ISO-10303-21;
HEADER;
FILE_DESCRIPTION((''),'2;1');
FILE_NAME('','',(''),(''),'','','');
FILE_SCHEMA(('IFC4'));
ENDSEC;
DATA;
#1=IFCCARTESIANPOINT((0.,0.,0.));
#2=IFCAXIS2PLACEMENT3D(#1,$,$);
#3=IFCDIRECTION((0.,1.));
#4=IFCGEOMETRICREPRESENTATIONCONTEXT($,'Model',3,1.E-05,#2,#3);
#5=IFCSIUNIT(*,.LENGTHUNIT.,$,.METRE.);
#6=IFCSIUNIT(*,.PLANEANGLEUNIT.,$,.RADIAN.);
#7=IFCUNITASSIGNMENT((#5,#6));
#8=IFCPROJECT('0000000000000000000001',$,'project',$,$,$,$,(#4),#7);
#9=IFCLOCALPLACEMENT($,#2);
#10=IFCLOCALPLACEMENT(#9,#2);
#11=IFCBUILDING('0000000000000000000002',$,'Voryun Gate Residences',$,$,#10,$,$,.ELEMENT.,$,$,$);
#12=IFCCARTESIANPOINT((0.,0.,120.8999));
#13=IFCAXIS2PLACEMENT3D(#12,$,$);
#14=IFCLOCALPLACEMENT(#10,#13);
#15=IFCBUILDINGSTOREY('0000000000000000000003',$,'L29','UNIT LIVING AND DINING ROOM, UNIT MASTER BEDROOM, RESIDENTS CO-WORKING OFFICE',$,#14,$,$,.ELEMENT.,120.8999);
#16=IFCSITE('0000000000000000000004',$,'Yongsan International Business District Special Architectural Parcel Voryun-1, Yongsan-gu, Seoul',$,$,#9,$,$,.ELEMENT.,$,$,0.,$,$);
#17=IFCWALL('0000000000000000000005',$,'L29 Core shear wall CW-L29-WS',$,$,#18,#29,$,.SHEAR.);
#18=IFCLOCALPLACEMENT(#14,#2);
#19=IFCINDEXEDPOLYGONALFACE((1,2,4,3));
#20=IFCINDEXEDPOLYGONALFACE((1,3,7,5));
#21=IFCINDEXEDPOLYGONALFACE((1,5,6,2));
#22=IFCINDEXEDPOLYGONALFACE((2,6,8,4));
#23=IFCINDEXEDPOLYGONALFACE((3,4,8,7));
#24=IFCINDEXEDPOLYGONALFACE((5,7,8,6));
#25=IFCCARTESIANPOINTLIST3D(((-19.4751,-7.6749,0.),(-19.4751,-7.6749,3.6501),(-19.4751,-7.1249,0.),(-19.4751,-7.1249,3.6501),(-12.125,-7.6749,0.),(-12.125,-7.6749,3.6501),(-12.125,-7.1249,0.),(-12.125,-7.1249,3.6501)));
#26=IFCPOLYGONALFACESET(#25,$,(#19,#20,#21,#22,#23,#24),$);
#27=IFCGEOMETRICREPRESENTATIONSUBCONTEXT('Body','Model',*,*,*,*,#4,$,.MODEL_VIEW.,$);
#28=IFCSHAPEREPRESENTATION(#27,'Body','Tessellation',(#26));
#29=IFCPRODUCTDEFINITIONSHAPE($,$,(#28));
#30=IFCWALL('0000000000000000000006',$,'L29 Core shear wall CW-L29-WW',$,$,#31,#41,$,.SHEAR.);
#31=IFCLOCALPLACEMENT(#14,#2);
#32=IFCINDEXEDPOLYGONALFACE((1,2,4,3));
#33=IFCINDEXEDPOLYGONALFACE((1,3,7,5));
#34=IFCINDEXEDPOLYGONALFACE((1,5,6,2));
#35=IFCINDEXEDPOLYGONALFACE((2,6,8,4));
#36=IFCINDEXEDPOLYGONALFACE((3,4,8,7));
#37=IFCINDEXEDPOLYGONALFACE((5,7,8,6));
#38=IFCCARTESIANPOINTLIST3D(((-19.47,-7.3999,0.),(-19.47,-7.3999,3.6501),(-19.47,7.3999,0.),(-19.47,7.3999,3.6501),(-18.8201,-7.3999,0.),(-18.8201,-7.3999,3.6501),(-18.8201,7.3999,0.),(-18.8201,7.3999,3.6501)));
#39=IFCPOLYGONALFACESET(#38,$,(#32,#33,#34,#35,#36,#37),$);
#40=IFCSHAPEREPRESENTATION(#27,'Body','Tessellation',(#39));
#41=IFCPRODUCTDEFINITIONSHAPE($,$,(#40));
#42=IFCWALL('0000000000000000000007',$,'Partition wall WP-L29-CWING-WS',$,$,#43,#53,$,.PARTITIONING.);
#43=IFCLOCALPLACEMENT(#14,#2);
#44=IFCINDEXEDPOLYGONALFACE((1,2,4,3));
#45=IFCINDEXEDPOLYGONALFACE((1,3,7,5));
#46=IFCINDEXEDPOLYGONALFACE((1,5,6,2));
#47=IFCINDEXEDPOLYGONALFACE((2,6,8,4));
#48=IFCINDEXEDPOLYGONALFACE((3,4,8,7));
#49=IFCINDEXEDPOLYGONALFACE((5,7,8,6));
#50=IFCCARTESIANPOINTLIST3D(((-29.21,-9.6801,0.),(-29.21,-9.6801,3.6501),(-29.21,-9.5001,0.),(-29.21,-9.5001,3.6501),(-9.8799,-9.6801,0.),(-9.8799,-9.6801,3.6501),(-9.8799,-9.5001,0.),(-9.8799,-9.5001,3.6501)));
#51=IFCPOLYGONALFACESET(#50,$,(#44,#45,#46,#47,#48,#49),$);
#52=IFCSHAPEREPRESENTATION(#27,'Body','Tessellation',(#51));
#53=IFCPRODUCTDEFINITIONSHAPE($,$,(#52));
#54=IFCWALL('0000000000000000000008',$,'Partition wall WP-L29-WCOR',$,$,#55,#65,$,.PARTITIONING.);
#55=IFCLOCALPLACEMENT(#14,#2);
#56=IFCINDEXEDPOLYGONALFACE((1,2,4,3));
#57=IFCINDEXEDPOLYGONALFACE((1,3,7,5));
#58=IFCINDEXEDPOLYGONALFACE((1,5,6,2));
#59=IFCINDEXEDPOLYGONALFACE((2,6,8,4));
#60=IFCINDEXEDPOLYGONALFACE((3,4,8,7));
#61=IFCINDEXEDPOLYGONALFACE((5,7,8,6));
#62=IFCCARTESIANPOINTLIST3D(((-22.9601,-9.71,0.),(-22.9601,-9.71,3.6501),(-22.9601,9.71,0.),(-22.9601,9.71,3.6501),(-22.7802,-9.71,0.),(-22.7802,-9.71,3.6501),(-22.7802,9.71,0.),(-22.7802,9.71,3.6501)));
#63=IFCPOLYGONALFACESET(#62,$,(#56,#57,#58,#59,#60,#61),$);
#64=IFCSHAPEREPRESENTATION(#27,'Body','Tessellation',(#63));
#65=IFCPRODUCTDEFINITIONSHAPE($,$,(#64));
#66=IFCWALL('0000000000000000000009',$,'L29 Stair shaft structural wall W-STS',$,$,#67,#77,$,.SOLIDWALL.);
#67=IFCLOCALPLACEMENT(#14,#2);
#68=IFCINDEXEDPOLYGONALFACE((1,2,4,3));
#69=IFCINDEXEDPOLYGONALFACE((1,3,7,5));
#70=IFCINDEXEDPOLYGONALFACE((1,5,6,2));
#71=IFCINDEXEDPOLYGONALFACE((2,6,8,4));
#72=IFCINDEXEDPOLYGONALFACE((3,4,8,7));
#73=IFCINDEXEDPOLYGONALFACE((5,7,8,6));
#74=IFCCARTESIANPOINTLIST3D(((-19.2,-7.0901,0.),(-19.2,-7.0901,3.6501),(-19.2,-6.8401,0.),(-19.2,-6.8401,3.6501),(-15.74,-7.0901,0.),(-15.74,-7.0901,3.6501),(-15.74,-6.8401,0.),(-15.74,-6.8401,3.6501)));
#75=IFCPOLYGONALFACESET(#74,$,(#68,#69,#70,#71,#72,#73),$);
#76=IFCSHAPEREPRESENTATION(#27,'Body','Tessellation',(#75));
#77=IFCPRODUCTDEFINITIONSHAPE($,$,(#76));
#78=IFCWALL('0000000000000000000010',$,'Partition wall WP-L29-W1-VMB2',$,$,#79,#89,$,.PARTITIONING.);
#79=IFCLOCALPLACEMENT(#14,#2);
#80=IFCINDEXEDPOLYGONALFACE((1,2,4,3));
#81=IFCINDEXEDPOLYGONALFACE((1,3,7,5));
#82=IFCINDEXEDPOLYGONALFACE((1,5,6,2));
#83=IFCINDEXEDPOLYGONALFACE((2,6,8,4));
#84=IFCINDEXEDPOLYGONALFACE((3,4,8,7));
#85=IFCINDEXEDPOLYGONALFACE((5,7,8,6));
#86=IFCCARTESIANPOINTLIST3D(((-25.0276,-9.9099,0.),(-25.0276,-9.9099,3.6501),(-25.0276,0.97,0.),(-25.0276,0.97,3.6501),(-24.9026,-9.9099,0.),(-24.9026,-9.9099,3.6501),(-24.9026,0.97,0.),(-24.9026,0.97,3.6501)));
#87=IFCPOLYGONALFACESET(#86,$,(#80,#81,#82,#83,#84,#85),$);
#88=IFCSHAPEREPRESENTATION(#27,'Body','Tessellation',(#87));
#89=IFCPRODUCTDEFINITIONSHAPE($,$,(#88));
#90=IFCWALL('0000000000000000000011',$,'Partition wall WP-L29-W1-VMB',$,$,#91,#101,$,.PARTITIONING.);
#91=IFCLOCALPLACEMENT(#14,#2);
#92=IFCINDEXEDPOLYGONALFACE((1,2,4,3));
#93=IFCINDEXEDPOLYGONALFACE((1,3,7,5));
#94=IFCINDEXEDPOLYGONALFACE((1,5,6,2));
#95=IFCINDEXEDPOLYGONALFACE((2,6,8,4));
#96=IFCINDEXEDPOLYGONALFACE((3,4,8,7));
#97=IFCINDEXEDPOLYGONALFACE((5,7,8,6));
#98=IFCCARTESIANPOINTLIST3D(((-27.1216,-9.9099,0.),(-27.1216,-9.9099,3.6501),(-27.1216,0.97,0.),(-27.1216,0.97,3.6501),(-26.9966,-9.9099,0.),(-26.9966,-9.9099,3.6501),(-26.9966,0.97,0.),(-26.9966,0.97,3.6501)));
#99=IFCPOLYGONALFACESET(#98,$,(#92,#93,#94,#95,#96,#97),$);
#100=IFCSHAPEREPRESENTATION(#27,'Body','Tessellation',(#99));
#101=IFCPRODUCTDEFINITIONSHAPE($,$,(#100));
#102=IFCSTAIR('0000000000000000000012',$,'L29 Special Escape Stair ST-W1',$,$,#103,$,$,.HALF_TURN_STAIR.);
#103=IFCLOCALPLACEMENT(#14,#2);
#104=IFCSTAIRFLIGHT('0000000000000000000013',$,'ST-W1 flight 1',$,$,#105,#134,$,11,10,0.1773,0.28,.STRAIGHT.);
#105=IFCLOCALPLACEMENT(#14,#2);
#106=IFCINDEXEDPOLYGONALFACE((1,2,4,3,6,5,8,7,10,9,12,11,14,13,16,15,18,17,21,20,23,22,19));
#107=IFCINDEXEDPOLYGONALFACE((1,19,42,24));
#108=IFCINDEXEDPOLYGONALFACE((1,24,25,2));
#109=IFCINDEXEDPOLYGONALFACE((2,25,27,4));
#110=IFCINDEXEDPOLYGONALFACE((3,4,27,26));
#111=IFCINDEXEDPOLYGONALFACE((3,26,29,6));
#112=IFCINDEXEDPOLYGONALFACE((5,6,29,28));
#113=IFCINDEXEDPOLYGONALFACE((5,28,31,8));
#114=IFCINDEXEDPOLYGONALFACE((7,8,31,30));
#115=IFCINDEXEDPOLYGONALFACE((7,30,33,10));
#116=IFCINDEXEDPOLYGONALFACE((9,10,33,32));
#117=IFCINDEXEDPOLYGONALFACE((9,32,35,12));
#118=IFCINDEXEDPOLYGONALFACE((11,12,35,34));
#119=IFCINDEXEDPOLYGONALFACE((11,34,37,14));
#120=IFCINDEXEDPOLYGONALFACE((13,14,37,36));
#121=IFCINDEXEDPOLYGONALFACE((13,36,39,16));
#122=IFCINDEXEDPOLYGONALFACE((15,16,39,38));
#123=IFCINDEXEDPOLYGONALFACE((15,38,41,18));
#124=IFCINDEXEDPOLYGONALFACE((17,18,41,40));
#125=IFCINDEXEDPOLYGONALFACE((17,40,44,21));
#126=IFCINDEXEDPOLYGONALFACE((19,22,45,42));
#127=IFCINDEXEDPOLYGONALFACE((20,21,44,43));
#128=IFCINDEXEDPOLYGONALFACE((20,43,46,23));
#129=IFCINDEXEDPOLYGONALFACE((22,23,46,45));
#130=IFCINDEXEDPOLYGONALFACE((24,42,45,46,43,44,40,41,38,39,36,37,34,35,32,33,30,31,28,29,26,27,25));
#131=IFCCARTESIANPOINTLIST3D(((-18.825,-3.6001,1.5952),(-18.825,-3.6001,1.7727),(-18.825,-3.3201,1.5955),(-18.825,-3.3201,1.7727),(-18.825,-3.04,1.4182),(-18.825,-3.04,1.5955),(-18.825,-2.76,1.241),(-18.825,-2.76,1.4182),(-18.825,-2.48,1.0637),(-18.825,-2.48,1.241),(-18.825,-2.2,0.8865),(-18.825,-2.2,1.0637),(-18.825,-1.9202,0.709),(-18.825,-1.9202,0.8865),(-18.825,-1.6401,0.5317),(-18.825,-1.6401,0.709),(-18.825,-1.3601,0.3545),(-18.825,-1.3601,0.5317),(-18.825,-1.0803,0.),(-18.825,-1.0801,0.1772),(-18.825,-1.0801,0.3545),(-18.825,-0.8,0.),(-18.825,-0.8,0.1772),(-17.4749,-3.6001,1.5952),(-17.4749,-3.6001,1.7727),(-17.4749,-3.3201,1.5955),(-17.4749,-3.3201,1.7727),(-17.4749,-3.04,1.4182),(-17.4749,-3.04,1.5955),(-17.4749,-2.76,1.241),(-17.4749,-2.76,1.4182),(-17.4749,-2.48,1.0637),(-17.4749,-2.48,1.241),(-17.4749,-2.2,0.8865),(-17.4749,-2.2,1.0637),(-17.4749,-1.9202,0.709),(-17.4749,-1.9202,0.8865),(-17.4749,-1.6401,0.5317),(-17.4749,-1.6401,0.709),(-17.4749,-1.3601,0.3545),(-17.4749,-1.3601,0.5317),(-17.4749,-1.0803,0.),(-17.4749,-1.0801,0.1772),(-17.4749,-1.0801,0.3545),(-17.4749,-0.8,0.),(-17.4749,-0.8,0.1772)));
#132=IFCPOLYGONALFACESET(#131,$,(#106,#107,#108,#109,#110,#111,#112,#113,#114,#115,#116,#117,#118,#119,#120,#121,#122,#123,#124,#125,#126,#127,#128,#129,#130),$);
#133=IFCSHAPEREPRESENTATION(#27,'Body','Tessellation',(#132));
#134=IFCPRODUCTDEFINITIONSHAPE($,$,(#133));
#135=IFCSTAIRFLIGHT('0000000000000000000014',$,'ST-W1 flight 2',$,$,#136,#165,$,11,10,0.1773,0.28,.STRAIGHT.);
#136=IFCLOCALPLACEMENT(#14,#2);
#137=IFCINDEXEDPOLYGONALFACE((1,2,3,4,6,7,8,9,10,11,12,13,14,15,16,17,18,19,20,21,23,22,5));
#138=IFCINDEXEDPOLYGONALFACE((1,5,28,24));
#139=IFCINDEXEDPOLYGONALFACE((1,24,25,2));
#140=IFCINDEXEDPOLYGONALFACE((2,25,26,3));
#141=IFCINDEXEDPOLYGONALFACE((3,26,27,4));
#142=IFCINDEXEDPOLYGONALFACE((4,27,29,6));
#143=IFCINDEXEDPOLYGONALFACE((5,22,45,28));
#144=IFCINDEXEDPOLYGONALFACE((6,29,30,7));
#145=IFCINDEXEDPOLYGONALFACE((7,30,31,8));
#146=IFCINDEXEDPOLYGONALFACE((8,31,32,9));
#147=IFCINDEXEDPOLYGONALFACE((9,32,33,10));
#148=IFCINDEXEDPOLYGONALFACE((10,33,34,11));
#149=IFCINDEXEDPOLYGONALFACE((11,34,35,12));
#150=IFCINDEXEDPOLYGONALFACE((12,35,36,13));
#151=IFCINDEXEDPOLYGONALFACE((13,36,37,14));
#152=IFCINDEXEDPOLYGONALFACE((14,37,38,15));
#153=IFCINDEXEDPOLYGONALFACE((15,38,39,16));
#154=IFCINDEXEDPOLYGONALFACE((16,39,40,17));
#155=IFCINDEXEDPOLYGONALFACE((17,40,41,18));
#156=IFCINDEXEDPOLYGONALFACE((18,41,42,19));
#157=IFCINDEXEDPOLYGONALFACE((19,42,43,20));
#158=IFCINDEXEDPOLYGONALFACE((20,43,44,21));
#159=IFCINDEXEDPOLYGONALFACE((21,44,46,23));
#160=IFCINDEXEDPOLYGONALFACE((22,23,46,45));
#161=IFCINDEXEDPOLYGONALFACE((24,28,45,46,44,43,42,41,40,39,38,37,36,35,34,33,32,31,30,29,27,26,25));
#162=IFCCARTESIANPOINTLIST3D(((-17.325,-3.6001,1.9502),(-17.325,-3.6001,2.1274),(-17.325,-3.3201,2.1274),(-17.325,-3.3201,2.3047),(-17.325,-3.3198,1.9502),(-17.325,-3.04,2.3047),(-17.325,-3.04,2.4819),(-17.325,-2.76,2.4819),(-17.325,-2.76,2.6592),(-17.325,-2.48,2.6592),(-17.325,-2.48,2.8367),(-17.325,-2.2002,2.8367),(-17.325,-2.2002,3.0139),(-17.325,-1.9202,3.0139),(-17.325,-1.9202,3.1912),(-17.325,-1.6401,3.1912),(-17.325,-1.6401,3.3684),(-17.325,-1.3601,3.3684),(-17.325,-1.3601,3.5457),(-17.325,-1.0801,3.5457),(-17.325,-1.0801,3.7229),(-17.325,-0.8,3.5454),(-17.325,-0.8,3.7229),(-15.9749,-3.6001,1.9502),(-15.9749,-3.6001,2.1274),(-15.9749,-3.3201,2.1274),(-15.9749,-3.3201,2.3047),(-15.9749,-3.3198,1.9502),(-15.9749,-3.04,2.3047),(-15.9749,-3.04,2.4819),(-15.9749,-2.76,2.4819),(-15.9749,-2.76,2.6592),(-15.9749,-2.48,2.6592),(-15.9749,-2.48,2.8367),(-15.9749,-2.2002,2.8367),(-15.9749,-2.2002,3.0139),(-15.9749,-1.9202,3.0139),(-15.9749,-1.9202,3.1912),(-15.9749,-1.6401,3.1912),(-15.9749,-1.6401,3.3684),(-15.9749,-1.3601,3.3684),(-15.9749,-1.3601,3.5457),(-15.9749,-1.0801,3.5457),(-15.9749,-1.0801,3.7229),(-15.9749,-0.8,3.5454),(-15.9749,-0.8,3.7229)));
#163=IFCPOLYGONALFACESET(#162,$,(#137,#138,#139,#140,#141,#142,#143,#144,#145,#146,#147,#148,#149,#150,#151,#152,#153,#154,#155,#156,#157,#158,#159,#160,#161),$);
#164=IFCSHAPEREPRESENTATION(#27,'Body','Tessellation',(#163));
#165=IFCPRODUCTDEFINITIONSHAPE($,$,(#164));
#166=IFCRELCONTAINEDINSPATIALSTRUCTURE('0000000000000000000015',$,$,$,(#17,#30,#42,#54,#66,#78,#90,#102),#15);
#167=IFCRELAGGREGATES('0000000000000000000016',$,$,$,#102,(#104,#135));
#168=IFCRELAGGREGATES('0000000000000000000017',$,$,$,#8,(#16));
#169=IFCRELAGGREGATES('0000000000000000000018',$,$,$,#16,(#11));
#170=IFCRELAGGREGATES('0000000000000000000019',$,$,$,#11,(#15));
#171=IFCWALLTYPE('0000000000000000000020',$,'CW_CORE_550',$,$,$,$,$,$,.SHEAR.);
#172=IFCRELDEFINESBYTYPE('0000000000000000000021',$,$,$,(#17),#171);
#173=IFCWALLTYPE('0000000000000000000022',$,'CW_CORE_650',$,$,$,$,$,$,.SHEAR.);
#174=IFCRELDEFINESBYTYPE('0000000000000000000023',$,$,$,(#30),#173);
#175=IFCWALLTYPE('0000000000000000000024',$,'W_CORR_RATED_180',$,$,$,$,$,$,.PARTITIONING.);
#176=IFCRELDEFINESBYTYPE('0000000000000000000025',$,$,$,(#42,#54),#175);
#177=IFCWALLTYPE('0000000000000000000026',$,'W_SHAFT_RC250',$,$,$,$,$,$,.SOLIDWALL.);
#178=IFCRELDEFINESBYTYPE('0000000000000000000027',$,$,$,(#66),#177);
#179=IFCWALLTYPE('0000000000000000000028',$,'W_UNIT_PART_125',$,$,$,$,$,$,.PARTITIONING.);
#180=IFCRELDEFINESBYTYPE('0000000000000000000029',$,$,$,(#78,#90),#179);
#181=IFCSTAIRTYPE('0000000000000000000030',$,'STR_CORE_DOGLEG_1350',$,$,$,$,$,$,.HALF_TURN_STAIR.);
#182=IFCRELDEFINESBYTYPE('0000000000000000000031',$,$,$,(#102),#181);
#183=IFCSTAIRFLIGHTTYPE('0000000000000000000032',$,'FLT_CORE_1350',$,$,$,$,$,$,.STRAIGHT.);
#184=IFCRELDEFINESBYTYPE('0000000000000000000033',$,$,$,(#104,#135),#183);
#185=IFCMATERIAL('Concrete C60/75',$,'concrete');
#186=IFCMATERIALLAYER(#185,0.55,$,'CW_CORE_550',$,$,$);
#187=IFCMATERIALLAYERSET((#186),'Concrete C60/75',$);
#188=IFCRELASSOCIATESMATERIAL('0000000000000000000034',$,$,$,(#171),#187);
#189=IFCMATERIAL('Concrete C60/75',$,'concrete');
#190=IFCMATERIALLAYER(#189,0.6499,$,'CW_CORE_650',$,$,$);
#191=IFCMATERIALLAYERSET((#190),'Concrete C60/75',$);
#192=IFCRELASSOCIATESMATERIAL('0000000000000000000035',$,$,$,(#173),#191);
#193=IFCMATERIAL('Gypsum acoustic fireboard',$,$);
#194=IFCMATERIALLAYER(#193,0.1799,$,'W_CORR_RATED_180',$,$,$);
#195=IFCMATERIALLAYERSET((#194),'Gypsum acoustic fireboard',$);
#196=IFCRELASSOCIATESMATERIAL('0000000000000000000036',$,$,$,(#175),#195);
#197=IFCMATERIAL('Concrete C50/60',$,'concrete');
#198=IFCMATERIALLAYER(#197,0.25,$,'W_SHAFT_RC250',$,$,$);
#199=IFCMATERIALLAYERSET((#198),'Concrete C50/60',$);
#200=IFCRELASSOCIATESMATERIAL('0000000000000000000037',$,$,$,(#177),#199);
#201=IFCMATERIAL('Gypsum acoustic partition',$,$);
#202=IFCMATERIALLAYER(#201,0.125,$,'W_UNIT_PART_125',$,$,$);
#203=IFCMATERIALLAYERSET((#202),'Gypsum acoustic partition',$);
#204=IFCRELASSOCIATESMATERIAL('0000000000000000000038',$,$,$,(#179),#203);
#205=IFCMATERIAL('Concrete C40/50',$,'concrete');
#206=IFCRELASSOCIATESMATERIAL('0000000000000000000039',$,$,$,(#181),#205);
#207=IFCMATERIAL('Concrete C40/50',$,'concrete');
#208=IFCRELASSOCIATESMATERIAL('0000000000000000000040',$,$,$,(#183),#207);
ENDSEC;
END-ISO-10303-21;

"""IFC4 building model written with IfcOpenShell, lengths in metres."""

from ifc_helpers import new_model, si_unit, direction, frame, frame_2d, origin, place, context, subcontext, project, spatial, polyline, rectangle, outline, extrude, material, layer, layer_set, type_object, element, aggregate, save


model = new_model("IFC4")

# Units and contexts
model_context = context("Model", 3, precision=1e-05, world=origin(), true_north=direction((0.0, 1.0)))
body_context = subcontext(model_context, "Body", "Model", "MODEL_VIEW")
ifc_project = project(units=[si_unit("LENGTHUNIT", "METRE"), si_unit("PLANEANGLEUNIT", "RADIAN")], contexts=[model_context])

# Site, building, storey
site_placement = place(None, origin())
site = spatial("IfcSite", under=ifc_project, at=site_placement, Name="Yongsan International Business District Special Architectural Parcel Voryun-1, Yongsan-gu, Seoul", CompositionType="ELEMENT", RefElevation=0.0)
building_placement = place(site_placement, origin())
building = spatial("IfcBuilding", under=site, at=building_placement, Name="Voryun Gate Residences", CompositionType="ELEMENT")
storey_placement = place(building_placement, frame((0.0, 0.0, 120.8999)))
storey = spatial("IfcBuildingStorey", under=building, at=storey_placement, Name="L29", Description="UNIT LIVING AND DINING ROOM, UNIT MASTER BEDROOM, RESIDENTS CO-WORKING OFFICE", CompositionType="ELEMENT", Elevation=120.8999)

# Walls
ifc_material_1 = material(Name="Concrete C60/75", Category="concrete")
ifc_layer_1 = layer(ifc_material_1, 0.55, Name="CW_CORE_550")
ifc_layer_set_1 = layer_set([ifc_layer_1], Name="Concrete C60/75")
wall_type_1 = type_object("IfcWallType", Name="CW_CORE_550", PredefinedType="SHEAR", material=ifc_layer_set_1)
wall_1_placement = place(storey_placement, frame((-19.4751, -7.3999, 0.0), z_axis=(0.0, 0.0, 1.0), x_axis=(1.0, 0.0, 0.0)))
element("IfcWall", 1, at=wall_1_placement, inside=storey, type_object=wall_type_1, Name="L29 Core shear wall CW-L29-WS", PredefinedType="SHEAR", context=body_context, shape_type="SweptSolid", body=[
    extrude(rectangle(XDim=7.3501, YDim=0.55, at=frame_2d((3.675, 0.0))), origin(), (0.0, 0.0, 1.0), 3.6501),
])
ifc_material_2 = material(Name="Concrete C60/75", Category="concrete")
ifc_layer_2 = layer(ifc_material_2, 0.6499, Name="CW_CORE_650")
ifc_layer_set_2 = layer_set([ifc_layer_2], Name="Concrete C60/75")
wall_type_2 = type_object("IfcWallType", Name="CW_CORE_650", PredefinedType="SHEAR", material=ifc_layer_set_2)
wall_2_placement = place(storey_placement, frame((-19.145, -7.3999, 0.0), z_axis=(0.0, 0.0, 1.0), x_axis=(0.0, 1.0, 0.0)))
element("IfcWall", 2, at=wall_2_placement, inside=storey, type_object=wall_type_2, Name="L29 Core shear wall CW-L29-WW", PredefinedType="SHEAR", context=body_context, shape_type="SweptSolid", body=[
    extrude(rectangle(XDim=14.7998, YDim=0.6499, at=frame_2d((7.3999, 0.0))), origin(), (0.0, 0.0, 1.0), 3.6501),
])
ifc_material_3 = material(Name="Gypsum acoustic fireboard")
ifc_layer_3 = layer(ifc_material_3, 0.1799, Name="W_CORR_RATED_180")
ifc_layer_set_3 = layer_set([ifc_layer_3], Name="Gypsum acoustic fireboard")
wall_type_3 = type_object("IfcWallType", Name="W_CORR_RATED_180", PredefinedType="PARTITIONING", material=ifc_layer_set_3)
wall_3_placement = place(storey_placement, frame((-29.21, -9.5901, 0.0), z_axis=(0.0, 0.0, 1.0), x_axis=(1.0, 0.0, 0.0)))
element("IfcWall", 3, at=wall_3_placement, inside=storey, type_object=wall_type_3, Name="Partition wall WP-L29-CWING-WS", PredefinedType="PARTITIONING", context=body_context, shape_type="SweptSolid", body=[
    extrude(rectangle(XDim=19.3301, YDim=0.1799, at=frame_2d((9.665, 0.0))), origin(), (0.0, 0.0, 1.0), 3.6501),
])
wall_4_placement = place(storey_placement, frame((-22.8701, -9.71, 0.0), z_axis=(0.0, 0.0, 1.0), x_axis=(0.0, 1.0, 0.0)))
element("IfcWall", 4, at=wall_4_placement, inside=storey, type_object=wall_type_3, Name="Partition wall WP-L29-WCOR", PredefinedType="PARTITIONING", context=body_context, shape_type="SweptSolid", body=[
    extrude(rectangle(XDim=19.4199, YDim=0.1799, at=frame_2d((9.71, 0.0))), origin(), (0.0, 0.0, 1.0), 3.6501),
])
ifc_material_4 = material(Name="Concrete C50/60", Category="concrete")
ifc_layer_4 = layer(ifc_material_4, 0.25, Name="W_SHAFT_RC250")
ifc_layer_set_4 = layer_set([ifc_layer_4], Name="Concrete C50/60")
wall_type_4 = type_object("IfcWallType", Name="W_SHAFT_RC250", PredefinedType="SOLIDWALL", material=ifc_layer_set_4)
wall_5_placement = place(storey_placement, frame((-19.2, -6.9651, 0.0), z_axis=(0.0, 0.0, 1.0), x_axis=(1.0, 0.0, 0.0)))
element("IfcWall", 5, at=wall_5_placement, inside=storey, type_object=wall_type_4, Name="L29 Stair shaft structural wall W-STS", PredefinedType="SOLIDWALL", context=body_context, shape_type="SweptSolid", body=[
    extrude(rectangle(XDim=3.46, YDim=0.25, at=frame_2d((1.73, 0.0))), origin(), (0.0, 0.0, 1.0), 3.6501),
])
ifc_material_5 = material(Name="Gypsum acoustic partition")
ifc_layer_5 = layer(ifc_material_5, 0.125, Name="W_UNIT_PART_125")
ifc_layer_set_5 = layer_set([ifc_layer_5], Name="Gypsum acoustic partition")
wall_type_5 = type_object("IfcWallType", Name="W_UNIT_PART_125", PredefinedType="PARTITIONING", material=ifc_layer_set_5)
for number, where, z_axis, x_axis, name in (
    (6, (-24.9651, -9.9099, 0.0), (0.0, 0.0, 1.0), (0.0, 1.0, 0.0), "Partition wall WP-L29-W1-VMB2"),
    (7, (-27.0591, -9.9099, 0.0), (0.0, 0.0, 1.0), (0.0, 1.0, 0.0), "Partition wall WP-L29-W1-VMB"),
):
    element("IfcWall", number, at=place(storey_placement, frame(where, z_axis=z_axis, x_axis=x_axis)), inside=storey, type_object=wall_type_5, Name=name, PredefinedType="PARTITIONING", context=body_context, shape_type="SweptSolid", body=[
        extrude(rectangle(XDim=10.8799, YDim=0.125, at=frame_2d((5.4399, 0.0))), origin(), (0.0, 0.0, 1.0), 3.6501),
    ])

# Stair, stair flights
ifc_material_6 = material(Name="Concrete C40/50", Category="concrete")
stair_type = type_object("IfcStairType", Name="STR_CORE_DOGLEG_1350", PredefinedType="HALF_TURN_STAIR", material=ifc_material_6)
stair_placement = place(storey_placement, origin())
stair = element("IfcStair", 8, at=stair_placement, inside=storey, type_object=stair_type, Name="L29 Special Escape Stair ST-W1", PredefinedType="HALF_TURN_STAIR")
ifc_material_7 = material(Name="Concrete C40/50", Category="concrete")
stair_flight_type = type_object("IfcStairFlightType", Name="FLT_CORE_1350", PredefinedType="STRAIGHT", material=ifc_material_7)
stair_flight_1_placement = place(storey_placement, frame((-18.1499, -0.8, 0.0), z_axis=(0.0, 0.0, 1.0), x_axis=(0.0, -1.0, 0.0)))
stair_flight_1 = element("IfcStairFlight", 9, at=stair_flight_1_placement, type_object=stair_flight_type, Name="ST-W1 flight 1", NumberOfRisers=11, NumberOfTreads=10, PredefinedType="STRAIGHT", RiserHeight=0.1773, TreadLength=0.28, context=body_context, shape_type="SweptSolid", body=[
    extrude(outline(polyline([(0.0, 0.0), (0.0, 0.1772), (0.28, 0.1772), (0.28, 0.3545), (0.5601, 0.3545), (0.5601, 0.5317), (0.8401, 0.5317), (0.8401, 0.709), (1.1201, 0.709), (1.1201, 0.8865), (1.3999, 0.8865), (1.3999, 1.0637), (1.6799, 1.0637), (1.6799, 1.241), (1.96, 1.241), (1.96, 1.4182), (2.24, 1.4182), (2.24, 1.5955), (2.52, 1.5955), (2.52, 1.7727), (2.8, 1.7727), (2.8, 1.95), (2.8, 1.5952), (0.2803, 0.0), (0.0, 0.0)])), frame((0.0, 0.675, 0.0), z_axis=(0.0, -1.0, 0.0), x_axis=(1.0, 0.0, 0.0)), (0.0, 0.0, 1.0), 1.3501),
])
stair_flight_2_placement = place(storey_placement, frame((-16.6499, -3.6001, 1.9502), z_axis=(0.0, 0.0, 1.0), x_axis=(0.0, 1.0, 0.0)))
stair_flight_2 = element("IfcStairFlight", 10, at=stair_flight_2_placement, type_object=stair_flight_type, Name="ST-W1 flight 2", NumberOfRisers=11, NumberOfTreads=10, PredefinedType="STRAIGHT", RiserHeight=0.1773, TreadLength=0.28, context=body_context, shape_type="SweptSolid", body=[
    extrude(outline(polyline([(0.0, 0.0), (0.0, 0.1772), (0.28, 0.1772), (0.28, 0.3545), (0.5601, 0.3545), (0.5601, 0.5317), (0.8401, 0.5317), (0.8401, 0.709), (1.1201, 0.709), (1.1201, 0.8865), (1.3999, 0.8865), (1.3999, 1.0637), (1.6799, 1.0637), (1.6799, 1.241), (1.96, 1.241), (1.96, 1.4182), (2.24, 1.4182), (2.24, 1.5955), (2.52, 1.5955), (2.52, 1.7727), (2.8, 1.7727), (2.8, 1.95), (2.8, 1.5952), (0.2803, 0.0), (0.0, 0.0)])), frame((0.0, 0.675, 0.0), z_axis=(0.0, -1.0, 0.0), x_axis=(1.0, 0.0, 0.0)), (0.0, 0.0, 1.0), 1.3501),
])
aggregate(stair, [stair_flight_1, stair_flight_2])

save(model, "model.ifc")
